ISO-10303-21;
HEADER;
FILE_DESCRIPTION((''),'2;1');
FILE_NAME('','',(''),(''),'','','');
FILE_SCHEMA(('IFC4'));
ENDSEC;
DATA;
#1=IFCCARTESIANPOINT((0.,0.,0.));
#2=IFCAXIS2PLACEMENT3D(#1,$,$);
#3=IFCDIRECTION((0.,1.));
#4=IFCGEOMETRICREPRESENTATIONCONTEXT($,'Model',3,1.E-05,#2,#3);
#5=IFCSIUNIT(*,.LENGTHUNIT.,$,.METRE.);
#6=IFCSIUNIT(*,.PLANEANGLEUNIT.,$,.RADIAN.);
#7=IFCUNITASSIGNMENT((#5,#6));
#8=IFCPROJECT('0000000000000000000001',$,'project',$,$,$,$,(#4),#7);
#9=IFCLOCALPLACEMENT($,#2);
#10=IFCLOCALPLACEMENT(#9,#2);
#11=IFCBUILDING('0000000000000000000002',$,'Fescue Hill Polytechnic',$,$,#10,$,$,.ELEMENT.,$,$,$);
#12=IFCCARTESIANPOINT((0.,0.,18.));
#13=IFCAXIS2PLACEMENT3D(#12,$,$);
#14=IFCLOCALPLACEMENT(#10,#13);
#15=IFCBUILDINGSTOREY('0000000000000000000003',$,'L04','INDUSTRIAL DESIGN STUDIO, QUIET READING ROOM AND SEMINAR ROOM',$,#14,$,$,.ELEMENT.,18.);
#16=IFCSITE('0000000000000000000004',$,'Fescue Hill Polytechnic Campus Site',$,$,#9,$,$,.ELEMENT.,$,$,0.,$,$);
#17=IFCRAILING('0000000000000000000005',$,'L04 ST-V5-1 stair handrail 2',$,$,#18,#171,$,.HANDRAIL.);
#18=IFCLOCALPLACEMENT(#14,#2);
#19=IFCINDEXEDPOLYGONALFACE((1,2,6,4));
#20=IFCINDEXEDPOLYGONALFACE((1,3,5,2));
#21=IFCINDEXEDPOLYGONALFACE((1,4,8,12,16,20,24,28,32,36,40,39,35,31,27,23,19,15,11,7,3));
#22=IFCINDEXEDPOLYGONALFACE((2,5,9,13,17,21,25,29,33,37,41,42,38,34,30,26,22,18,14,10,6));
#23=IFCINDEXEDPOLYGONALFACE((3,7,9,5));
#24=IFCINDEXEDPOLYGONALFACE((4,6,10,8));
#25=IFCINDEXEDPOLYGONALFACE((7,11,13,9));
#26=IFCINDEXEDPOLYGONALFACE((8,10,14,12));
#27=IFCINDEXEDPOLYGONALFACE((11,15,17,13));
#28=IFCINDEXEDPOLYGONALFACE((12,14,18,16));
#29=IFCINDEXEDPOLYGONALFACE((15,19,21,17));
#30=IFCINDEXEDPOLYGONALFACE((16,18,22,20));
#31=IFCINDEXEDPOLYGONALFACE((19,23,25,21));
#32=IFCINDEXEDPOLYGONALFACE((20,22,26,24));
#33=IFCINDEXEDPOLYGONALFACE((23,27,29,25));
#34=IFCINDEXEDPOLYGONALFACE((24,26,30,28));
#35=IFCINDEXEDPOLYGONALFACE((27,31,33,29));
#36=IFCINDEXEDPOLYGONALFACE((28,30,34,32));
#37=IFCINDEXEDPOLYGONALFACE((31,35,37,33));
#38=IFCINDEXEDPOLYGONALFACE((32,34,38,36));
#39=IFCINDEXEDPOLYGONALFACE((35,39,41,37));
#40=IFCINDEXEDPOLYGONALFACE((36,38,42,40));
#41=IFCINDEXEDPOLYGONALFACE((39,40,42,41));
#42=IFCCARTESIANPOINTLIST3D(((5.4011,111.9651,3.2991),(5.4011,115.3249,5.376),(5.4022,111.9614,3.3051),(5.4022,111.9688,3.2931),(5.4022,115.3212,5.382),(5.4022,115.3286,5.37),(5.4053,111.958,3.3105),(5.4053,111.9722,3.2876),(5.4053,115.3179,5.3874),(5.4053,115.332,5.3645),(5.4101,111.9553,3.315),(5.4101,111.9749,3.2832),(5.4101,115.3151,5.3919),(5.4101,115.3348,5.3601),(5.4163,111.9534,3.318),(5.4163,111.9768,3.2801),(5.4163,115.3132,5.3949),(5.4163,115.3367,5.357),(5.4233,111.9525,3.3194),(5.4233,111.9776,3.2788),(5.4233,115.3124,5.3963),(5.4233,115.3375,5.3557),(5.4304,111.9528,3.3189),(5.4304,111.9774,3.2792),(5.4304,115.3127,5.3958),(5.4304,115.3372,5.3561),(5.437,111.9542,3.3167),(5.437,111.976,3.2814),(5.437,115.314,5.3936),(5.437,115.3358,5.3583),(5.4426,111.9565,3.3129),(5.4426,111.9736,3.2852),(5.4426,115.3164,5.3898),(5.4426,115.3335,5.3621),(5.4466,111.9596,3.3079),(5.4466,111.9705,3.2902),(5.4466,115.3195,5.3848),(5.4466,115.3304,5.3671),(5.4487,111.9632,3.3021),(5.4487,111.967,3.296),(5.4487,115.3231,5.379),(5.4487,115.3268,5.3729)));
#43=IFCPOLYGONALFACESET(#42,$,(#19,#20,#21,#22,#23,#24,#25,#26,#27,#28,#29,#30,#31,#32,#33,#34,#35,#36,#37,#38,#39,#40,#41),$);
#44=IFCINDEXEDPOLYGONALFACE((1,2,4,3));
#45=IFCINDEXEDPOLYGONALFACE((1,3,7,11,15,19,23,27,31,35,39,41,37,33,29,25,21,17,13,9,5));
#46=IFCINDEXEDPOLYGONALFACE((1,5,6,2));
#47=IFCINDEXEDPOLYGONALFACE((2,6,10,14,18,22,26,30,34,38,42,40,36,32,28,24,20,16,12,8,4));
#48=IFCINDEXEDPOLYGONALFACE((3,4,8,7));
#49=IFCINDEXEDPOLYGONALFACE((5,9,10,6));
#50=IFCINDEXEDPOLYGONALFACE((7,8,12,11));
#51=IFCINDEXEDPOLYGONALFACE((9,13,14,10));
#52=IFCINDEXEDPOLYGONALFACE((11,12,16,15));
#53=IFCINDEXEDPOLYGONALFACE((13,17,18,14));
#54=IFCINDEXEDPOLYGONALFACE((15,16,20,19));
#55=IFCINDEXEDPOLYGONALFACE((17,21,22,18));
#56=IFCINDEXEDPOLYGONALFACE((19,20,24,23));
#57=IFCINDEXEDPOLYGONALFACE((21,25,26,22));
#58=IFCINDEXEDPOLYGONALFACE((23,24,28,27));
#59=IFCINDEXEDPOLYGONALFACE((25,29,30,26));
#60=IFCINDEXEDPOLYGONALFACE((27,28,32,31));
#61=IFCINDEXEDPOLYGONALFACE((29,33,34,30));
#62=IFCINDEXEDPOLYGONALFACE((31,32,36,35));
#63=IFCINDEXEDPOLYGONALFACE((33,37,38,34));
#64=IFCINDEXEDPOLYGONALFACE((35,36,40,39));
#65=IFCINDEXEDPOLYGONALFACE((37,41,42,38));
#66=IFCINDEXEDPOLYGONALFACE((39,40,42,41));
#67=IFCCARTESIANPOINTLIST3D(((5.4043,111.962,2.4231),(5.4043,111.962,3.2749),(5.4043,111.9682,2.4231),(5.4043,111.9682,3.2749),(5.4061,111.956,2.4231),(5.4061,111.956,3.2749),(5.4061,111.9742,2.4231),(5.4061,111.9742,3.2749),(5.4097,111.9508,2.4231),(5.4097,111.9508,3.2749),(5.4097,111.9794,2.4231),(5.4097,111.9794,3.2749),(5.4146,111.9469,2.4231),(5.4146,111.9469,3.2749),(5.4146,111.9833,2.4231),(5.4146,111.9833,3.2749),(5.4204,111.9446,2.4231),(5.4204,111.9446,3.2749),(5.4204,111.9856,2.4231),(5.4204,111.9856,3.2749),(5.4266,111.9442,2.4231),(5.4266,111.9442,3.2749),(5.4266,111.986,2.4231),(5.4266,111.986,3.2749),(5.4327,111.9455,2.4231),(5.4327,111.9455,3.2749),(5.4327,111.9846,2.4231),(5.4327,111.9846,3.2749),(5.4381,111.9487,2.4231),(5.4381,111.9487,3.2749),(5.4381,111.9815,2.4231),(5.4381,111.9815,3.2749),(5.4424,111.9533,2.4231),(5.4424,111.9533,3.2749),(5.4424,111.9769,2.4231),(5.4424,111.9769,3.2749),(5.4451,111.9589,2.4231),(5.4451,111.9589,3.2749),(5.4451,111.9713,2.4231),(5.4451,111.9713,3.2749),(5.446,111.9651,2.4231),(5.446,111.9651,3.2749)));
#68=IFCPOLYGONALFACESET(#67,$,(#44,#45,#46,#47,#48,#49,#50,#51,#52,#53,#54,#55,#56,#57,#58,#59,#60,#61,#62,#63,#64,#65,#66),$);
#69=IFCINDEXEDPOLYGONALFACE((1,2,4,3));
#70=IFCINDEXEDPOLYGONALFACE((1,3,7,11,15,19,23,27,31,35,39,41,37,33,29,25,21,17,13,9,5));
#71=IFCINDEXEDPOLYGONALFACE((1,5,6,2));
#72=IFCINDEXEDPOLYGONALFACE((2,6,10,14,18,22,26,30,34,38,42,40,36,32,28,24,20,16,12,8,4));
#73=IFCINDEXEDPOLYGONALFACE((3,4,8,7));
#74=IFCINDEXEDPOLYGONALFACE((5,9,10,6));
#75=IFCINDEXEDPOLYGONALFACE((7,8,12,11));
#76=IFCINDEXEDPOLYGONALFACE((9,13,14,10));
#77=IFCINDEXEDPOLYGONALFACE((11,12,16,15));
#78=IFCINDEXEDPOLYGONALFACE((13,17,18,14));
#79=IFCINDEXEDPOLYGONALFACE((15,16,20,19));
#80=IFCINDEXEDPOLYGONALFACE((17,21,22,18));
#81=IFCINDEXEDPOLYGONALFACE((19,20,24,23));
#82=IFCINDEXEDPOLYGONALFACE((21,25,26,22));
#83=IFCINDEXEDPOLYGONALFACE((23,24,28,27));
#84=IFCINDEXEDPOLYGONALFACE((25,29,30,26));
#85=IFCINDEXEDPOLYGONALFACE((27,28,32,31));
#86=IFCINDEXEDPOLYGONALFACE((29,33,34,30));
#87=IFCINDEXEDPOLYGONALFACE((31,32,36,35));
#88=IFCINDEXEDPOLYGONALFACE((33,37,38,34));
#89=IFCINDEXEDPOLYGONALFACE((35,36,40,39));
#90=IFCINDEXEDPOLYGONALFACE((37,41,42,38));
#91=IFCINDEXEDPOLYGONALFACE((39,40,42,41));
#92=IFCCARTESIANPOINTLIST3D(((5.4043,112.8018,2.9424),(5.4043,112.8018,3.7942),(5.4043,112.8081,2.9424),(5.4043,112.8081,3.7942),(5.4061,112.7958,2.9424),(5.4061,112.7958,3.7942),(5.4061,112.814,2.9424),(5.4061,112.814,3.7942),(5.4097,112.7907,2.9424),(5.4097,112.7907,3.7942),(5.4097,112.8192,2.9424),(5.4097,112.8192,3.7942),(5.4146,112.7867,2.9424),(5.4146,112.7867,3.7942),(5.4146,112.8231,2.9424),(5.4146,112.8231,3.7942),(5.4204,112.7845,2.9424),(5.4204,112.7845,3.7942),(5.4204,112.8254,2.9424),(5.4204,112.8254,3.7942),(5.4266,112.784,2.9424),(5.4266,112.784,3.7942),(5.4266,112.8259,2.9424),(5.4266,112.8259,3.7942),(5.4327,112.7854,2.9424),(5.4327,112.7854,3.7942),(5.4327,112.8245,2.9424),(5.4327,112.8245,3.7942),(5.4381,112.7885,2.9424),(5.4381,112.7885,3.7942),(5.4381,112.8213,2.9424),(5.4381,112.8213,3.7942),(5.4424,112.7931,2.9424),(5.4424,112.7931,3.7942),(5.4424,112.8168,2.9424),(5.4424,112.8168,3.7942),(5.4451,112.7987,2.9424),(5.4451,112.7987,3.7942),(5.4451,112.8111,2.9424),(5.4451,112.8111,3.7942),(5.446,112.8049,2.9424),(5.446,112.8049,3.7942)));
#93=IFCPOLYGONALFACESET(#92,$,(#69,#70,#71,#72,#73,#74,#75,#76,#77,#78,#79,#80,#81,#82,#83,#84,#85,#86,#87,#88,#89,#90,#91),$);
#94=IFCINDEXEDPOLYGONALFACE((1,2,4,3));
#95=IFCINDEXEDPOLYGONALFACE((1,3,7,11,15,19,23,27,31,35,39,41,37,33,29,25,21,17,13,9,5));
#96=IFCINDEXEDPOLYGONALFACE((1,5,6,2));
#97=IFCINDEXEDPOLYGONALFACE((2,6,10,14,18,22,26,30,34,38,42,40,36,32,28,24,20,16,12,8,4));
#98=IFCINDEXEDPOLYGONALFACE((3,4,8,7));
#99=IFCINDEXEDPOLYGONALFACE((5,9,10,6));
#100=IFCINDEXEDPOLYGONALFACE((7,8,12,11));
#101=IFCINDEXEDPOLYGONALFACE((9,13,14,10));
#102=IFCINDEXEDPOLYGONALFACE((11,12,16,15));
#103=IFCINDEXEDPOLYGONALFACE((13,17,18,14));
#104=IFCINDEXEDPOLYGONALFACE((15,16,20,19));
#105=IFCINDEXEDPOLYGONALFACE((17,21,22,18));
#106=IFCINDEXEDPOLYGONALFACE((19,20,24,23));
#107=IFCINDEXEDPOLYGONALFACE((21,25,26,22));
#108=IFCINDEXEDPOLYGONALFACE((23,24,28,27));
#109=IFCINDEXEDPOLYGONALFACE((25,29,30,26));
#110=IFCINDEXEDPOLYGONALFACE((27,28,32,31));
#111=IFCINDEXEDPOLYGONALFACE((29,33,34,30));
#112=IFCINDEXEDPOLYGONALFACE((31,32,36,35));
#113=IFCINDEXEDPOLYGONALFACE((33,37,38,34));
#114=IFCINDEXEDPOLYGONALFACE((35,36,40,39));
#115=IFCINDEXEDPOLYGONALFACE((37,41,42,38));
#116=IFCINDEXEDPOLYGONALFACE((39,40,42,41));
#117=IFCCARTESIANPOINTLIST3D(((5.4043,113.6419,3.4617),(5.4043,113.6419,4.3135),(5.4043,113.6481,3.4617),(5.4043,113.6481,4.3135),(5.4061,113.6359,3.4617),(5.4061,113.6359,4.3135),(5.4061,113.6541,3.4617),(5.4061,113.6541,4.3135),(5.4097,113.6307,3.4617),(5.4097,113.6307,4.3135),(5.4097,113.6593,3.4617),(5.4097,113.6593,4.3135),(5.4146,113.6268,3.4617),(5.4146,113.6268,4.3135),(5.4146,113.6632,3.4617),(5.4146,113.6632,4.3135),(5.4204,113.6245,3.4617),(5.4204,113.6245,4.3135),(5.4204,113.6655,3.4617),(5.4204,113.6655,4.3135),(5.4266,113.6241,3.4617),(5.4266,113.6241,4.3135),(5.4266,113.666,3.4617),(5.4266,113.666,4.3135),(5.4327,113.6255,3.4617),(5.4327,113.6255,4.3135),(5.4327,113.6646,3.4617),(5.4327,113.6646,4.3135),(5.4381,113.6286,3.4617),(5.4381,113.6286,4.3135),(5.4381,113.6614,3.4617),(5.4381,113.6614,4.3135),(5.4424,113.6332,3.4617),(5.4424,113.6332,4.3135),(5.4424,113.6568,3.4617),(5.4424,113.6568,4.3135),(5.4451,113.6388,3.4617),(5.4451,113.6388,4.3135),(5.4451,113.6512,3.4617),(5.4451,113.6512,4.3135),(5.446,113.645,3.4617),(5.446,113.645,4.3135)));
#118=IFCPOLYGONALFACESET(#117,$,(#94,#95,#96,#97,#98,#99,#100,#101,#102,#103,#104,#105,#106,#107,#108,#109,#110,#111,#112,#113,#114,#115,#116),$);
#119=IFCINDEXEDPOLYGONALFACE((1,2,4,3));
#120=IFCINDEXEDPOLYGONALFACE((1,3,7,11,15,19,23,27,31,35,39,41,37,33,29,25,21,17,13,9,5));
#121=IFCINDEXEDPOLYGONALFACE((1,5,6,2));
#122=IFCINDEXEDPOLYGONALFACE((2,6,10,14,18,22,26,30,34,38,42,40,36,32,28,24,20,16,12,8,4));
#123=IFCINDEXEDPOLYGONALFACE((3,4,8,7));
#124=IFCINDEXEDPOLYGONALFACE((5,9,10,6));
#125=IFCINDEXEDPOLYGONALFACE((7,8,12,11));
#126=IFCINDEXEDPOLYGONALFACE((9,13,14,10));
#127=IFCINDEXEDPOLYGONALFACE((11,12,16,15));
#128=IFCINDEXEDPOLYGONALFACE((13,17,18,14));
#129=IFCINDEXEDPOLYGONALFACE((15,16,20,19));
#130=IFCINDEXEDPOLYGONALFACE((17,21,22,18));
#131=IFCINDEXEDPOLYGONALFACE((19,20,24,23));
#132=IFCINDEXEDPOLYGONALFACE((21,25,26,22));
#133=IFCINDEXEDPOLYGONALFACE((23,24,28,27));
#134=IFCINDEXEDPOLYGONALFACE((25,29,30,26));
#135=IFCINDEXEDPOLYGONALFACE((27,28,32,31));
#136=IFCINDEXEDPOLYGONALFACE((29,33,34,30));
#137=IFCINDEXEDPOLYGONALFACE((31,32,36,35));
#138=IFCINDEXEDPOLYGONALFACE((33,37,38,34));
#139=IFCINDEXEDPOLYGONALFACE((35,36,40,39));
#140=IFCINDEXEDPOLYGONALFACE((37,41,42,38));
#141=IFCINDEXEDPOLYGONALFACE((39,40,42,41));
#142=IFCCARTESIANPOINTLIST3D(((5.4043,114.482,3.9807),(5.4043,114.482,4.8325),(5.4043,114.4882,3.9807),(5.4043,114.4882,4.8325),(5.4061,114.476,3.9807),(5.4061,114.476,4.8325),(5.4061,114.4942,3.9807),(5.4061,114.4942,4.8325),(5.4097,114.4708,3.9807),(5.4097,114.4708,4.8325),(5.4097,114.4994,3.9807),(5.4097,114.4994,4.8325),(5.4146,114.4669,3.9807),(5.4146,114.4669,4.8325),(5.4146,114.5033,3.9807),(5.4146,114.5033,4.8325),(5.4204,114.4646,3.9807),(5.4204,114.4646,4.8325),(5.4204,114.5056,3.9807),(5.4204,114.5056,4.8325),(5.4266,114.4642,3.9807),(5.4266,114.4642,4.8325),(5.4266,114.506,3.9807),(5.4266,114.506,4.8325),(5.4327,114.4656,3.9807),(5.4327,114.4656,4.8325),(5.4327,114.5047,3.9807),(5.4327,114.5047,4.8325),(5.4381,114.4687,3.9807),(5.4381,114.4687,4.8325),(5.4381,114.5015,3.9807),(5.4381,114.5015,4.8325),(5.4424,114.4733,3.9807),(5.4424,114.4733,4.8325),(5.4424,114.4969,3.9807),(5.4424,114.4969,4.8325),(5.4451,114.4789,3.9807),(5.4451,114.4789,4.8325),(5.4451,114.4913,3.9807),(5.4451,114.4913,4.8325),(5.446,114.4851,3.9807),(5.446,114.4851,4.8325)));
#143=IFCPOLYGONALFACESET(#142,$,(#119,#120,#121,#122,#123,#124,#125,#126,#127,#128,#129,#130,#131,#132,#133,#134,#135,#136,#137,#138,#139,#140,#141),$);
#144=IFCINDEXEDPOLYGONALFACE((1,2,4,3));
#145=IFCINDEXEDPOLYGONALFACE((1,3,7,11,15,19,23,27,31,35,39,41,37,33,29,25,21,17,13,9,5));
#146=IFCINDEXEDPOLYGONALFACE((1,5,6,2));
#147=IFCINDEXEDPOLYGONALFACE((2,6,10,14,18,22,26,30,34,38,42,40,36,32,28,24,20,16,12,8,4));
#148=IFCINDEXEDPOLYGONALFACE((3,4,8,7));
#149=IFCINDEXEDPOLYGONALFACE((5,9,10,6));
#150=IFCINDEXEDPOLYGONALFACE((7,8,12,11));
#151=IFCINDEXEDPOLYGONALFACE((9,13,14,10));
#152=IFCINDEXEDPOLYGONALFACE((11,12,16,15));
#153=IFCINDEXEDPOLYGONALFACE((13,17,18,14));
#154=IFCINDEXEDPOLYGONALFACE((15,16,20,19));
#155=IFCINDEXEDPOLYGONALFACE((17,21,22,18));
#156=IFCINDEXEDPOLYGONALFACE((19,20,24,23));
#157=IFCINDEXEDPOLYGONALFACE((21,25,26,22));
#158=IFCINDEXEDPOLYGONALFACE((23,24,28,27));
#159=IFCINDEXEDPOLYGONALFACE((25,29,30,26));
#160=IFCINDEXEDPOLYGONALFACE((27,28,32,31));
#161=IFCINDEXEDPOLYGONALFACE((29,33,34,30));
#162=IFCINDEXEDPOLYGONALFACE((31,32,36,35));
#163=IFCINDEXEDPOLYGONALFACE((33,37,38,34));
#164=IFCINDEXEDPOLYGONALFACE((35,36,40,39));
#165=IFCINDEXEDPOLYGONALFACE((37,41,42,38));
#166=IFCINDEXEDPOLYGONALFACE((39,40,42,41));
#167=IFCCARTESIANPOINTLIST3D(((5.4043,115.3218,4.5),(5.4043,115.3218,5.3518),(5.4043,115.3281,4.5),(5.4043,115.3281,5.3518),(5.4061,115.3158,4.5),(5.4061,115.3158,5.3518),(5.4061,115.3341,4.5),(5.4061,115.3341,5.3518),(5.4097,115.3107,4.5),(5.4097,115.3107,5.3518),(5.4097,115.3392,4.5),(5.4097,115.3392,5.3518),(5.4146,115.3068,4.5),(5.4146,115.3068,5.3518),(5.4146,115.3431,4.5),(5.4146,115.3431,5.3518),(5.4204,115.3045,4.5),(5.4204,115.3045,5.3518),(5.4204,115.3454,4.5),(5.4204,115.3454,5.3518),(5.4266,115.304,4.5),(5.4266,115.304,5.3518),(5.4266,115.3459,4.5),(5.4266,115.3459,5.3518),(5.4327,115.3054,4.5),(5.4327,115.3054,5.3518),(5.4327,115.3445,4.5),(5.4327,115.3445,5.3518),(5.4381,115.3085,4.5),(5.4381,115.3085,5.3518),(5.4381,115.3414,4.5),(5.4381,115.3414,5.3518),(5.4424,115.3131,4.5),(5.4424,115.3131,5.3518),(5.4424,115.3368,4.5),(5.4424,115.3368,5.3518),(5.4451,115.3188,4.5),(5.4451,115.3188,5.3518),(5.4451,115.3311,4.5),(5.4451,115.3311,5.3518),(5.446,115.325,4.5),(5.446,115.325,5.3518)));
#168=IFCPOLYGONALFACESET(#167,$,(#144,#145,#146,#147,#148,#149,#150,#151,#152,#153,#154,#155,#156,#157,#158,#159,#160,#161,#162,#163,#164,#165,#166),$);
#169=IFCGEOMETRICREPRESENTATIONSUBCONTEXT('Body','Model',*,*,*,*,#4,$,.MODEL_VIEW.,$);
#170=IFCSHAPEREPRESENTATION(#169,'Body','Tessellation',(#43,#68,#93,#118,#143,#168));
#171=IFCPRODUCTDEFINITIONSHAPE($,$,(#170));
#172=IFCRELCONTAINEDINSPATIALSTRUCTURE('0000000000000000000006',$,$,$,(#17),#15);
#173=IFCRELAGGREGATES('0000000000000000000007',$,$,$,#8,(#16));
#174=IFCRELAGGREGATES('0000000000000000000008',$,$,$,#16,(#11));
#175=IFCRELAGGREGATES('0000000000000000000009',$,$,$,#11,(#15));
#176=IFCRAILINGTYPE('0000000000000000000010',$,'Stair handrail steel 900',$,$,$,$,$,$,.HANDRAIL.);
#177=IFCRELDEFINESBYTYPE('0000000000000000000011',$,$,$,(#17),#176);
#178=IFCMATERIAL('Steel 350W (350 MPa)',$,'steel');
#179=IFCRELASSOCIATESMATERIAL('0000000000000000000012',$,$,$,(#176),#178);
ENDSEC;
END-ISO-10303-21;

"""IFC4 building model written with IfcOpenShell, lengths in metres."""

from ifc_helpers import new_model, si_unit, direction, frame, origin, origin_2d, place, context, subcontext, project, spatial, circle, extrude, material, type_object, element, save


model = new_model("IFC4")

# Units and contexts
model_context = context("Model", 3, precision=1e-05, world=origin(), true_north=direction((0.0, 1.0)))
body_context = subcontext(model_context, "Body", "Model", "MODEL_VIEW")
ifc_project = project(units=[si_unit("LENGTHUNIT", "METRE"), si_unit("PLANEANGLEUNIT", "RADIAN")], contexts=[model_context])

# Site, building, storey
site_placement = place(None, origin())
site = spatial("IfcSite", under=ifc_project, at=site_placement, Name="Fescue Hill Polytechnic Campus Site", CompositionType="ELEMENT", RefElevation=0.0)
building_placement = place(site_placement, origin())
building = spatial("IfcBuilding", under=site, at=building_placement, Name="Fescue Hill Polytechnic", CompositionType="ELEMENT")
storey_placement = place(building_placement, frame((0.0, 0.0, 18.0)))
storey = spatial("IfcBuildingStorey", under=building, at=storey_placement, Name="L04", Description="INDUSTRIAL DESIGN STUDIO, QUIET READING ROOM AND SEMINAR ROOM", CompositionType="ELEMENT", Elevation=18.0)

# Railing
ifc_material_1 = material(Name="Steel 350W (350 MPa)", Category="steel")
railing_type = type_object("IfcRailingType", Name="Stair handrail steel 900", PredefinedType="HANDRAIL", material=ifc_material_1)
for number, where, name in (
    (1, (5.425, 111.9651, 2.4231), "L04 ST-V5-1 stair handrail 2"),
):
    element("IfcRailing", number, at=place(storey_placement, frame(where)), inside=storey, type_object=railing_type, Name=name, PredefinedType="HANDRAIL", context=body_context, shape_type="SweptSolid", body=[
        extrude(circle(Radius=0.0239, at=origin_2d()), frame((0.0, 0.0, 0.876), z_axis=(0.0, 0.850606, 0.525803), x_axis=(-1.0, 0.0, 0.0)), (0.0, 0.0, 1.0), 3.95),
        extrude(circle(Radius=0.021, at=origin_2d()), origin(), (0.0, 0.0, 1.0), 0.8518),
        extrude(circle(Radius=0.021, at=origin_2d()), frame((0.0, 0.8398, 0.5193)), (0.0, 0.0, 1.0), 0.8518),
        extrude(circle(Radius=0.021, at=origin_2d()), frame((0.0, 1.6799, 1.0386)), (0.0, 0.0, 1.0), 0.8518),
        extrude(circle(Radius=0.021, at=origin_2d()), frame((0.0, 2.52, 1.5576)), (0.0, 0.0, 1.0), 0.8518),
        extrude(circle(Radius=0.021, at=origin_2d()), frame((0.0, 3.3599, 2.0769)), (0.0, 0.0, 1.0), 0.8518),
    ])

save(model, "model.ifc")
